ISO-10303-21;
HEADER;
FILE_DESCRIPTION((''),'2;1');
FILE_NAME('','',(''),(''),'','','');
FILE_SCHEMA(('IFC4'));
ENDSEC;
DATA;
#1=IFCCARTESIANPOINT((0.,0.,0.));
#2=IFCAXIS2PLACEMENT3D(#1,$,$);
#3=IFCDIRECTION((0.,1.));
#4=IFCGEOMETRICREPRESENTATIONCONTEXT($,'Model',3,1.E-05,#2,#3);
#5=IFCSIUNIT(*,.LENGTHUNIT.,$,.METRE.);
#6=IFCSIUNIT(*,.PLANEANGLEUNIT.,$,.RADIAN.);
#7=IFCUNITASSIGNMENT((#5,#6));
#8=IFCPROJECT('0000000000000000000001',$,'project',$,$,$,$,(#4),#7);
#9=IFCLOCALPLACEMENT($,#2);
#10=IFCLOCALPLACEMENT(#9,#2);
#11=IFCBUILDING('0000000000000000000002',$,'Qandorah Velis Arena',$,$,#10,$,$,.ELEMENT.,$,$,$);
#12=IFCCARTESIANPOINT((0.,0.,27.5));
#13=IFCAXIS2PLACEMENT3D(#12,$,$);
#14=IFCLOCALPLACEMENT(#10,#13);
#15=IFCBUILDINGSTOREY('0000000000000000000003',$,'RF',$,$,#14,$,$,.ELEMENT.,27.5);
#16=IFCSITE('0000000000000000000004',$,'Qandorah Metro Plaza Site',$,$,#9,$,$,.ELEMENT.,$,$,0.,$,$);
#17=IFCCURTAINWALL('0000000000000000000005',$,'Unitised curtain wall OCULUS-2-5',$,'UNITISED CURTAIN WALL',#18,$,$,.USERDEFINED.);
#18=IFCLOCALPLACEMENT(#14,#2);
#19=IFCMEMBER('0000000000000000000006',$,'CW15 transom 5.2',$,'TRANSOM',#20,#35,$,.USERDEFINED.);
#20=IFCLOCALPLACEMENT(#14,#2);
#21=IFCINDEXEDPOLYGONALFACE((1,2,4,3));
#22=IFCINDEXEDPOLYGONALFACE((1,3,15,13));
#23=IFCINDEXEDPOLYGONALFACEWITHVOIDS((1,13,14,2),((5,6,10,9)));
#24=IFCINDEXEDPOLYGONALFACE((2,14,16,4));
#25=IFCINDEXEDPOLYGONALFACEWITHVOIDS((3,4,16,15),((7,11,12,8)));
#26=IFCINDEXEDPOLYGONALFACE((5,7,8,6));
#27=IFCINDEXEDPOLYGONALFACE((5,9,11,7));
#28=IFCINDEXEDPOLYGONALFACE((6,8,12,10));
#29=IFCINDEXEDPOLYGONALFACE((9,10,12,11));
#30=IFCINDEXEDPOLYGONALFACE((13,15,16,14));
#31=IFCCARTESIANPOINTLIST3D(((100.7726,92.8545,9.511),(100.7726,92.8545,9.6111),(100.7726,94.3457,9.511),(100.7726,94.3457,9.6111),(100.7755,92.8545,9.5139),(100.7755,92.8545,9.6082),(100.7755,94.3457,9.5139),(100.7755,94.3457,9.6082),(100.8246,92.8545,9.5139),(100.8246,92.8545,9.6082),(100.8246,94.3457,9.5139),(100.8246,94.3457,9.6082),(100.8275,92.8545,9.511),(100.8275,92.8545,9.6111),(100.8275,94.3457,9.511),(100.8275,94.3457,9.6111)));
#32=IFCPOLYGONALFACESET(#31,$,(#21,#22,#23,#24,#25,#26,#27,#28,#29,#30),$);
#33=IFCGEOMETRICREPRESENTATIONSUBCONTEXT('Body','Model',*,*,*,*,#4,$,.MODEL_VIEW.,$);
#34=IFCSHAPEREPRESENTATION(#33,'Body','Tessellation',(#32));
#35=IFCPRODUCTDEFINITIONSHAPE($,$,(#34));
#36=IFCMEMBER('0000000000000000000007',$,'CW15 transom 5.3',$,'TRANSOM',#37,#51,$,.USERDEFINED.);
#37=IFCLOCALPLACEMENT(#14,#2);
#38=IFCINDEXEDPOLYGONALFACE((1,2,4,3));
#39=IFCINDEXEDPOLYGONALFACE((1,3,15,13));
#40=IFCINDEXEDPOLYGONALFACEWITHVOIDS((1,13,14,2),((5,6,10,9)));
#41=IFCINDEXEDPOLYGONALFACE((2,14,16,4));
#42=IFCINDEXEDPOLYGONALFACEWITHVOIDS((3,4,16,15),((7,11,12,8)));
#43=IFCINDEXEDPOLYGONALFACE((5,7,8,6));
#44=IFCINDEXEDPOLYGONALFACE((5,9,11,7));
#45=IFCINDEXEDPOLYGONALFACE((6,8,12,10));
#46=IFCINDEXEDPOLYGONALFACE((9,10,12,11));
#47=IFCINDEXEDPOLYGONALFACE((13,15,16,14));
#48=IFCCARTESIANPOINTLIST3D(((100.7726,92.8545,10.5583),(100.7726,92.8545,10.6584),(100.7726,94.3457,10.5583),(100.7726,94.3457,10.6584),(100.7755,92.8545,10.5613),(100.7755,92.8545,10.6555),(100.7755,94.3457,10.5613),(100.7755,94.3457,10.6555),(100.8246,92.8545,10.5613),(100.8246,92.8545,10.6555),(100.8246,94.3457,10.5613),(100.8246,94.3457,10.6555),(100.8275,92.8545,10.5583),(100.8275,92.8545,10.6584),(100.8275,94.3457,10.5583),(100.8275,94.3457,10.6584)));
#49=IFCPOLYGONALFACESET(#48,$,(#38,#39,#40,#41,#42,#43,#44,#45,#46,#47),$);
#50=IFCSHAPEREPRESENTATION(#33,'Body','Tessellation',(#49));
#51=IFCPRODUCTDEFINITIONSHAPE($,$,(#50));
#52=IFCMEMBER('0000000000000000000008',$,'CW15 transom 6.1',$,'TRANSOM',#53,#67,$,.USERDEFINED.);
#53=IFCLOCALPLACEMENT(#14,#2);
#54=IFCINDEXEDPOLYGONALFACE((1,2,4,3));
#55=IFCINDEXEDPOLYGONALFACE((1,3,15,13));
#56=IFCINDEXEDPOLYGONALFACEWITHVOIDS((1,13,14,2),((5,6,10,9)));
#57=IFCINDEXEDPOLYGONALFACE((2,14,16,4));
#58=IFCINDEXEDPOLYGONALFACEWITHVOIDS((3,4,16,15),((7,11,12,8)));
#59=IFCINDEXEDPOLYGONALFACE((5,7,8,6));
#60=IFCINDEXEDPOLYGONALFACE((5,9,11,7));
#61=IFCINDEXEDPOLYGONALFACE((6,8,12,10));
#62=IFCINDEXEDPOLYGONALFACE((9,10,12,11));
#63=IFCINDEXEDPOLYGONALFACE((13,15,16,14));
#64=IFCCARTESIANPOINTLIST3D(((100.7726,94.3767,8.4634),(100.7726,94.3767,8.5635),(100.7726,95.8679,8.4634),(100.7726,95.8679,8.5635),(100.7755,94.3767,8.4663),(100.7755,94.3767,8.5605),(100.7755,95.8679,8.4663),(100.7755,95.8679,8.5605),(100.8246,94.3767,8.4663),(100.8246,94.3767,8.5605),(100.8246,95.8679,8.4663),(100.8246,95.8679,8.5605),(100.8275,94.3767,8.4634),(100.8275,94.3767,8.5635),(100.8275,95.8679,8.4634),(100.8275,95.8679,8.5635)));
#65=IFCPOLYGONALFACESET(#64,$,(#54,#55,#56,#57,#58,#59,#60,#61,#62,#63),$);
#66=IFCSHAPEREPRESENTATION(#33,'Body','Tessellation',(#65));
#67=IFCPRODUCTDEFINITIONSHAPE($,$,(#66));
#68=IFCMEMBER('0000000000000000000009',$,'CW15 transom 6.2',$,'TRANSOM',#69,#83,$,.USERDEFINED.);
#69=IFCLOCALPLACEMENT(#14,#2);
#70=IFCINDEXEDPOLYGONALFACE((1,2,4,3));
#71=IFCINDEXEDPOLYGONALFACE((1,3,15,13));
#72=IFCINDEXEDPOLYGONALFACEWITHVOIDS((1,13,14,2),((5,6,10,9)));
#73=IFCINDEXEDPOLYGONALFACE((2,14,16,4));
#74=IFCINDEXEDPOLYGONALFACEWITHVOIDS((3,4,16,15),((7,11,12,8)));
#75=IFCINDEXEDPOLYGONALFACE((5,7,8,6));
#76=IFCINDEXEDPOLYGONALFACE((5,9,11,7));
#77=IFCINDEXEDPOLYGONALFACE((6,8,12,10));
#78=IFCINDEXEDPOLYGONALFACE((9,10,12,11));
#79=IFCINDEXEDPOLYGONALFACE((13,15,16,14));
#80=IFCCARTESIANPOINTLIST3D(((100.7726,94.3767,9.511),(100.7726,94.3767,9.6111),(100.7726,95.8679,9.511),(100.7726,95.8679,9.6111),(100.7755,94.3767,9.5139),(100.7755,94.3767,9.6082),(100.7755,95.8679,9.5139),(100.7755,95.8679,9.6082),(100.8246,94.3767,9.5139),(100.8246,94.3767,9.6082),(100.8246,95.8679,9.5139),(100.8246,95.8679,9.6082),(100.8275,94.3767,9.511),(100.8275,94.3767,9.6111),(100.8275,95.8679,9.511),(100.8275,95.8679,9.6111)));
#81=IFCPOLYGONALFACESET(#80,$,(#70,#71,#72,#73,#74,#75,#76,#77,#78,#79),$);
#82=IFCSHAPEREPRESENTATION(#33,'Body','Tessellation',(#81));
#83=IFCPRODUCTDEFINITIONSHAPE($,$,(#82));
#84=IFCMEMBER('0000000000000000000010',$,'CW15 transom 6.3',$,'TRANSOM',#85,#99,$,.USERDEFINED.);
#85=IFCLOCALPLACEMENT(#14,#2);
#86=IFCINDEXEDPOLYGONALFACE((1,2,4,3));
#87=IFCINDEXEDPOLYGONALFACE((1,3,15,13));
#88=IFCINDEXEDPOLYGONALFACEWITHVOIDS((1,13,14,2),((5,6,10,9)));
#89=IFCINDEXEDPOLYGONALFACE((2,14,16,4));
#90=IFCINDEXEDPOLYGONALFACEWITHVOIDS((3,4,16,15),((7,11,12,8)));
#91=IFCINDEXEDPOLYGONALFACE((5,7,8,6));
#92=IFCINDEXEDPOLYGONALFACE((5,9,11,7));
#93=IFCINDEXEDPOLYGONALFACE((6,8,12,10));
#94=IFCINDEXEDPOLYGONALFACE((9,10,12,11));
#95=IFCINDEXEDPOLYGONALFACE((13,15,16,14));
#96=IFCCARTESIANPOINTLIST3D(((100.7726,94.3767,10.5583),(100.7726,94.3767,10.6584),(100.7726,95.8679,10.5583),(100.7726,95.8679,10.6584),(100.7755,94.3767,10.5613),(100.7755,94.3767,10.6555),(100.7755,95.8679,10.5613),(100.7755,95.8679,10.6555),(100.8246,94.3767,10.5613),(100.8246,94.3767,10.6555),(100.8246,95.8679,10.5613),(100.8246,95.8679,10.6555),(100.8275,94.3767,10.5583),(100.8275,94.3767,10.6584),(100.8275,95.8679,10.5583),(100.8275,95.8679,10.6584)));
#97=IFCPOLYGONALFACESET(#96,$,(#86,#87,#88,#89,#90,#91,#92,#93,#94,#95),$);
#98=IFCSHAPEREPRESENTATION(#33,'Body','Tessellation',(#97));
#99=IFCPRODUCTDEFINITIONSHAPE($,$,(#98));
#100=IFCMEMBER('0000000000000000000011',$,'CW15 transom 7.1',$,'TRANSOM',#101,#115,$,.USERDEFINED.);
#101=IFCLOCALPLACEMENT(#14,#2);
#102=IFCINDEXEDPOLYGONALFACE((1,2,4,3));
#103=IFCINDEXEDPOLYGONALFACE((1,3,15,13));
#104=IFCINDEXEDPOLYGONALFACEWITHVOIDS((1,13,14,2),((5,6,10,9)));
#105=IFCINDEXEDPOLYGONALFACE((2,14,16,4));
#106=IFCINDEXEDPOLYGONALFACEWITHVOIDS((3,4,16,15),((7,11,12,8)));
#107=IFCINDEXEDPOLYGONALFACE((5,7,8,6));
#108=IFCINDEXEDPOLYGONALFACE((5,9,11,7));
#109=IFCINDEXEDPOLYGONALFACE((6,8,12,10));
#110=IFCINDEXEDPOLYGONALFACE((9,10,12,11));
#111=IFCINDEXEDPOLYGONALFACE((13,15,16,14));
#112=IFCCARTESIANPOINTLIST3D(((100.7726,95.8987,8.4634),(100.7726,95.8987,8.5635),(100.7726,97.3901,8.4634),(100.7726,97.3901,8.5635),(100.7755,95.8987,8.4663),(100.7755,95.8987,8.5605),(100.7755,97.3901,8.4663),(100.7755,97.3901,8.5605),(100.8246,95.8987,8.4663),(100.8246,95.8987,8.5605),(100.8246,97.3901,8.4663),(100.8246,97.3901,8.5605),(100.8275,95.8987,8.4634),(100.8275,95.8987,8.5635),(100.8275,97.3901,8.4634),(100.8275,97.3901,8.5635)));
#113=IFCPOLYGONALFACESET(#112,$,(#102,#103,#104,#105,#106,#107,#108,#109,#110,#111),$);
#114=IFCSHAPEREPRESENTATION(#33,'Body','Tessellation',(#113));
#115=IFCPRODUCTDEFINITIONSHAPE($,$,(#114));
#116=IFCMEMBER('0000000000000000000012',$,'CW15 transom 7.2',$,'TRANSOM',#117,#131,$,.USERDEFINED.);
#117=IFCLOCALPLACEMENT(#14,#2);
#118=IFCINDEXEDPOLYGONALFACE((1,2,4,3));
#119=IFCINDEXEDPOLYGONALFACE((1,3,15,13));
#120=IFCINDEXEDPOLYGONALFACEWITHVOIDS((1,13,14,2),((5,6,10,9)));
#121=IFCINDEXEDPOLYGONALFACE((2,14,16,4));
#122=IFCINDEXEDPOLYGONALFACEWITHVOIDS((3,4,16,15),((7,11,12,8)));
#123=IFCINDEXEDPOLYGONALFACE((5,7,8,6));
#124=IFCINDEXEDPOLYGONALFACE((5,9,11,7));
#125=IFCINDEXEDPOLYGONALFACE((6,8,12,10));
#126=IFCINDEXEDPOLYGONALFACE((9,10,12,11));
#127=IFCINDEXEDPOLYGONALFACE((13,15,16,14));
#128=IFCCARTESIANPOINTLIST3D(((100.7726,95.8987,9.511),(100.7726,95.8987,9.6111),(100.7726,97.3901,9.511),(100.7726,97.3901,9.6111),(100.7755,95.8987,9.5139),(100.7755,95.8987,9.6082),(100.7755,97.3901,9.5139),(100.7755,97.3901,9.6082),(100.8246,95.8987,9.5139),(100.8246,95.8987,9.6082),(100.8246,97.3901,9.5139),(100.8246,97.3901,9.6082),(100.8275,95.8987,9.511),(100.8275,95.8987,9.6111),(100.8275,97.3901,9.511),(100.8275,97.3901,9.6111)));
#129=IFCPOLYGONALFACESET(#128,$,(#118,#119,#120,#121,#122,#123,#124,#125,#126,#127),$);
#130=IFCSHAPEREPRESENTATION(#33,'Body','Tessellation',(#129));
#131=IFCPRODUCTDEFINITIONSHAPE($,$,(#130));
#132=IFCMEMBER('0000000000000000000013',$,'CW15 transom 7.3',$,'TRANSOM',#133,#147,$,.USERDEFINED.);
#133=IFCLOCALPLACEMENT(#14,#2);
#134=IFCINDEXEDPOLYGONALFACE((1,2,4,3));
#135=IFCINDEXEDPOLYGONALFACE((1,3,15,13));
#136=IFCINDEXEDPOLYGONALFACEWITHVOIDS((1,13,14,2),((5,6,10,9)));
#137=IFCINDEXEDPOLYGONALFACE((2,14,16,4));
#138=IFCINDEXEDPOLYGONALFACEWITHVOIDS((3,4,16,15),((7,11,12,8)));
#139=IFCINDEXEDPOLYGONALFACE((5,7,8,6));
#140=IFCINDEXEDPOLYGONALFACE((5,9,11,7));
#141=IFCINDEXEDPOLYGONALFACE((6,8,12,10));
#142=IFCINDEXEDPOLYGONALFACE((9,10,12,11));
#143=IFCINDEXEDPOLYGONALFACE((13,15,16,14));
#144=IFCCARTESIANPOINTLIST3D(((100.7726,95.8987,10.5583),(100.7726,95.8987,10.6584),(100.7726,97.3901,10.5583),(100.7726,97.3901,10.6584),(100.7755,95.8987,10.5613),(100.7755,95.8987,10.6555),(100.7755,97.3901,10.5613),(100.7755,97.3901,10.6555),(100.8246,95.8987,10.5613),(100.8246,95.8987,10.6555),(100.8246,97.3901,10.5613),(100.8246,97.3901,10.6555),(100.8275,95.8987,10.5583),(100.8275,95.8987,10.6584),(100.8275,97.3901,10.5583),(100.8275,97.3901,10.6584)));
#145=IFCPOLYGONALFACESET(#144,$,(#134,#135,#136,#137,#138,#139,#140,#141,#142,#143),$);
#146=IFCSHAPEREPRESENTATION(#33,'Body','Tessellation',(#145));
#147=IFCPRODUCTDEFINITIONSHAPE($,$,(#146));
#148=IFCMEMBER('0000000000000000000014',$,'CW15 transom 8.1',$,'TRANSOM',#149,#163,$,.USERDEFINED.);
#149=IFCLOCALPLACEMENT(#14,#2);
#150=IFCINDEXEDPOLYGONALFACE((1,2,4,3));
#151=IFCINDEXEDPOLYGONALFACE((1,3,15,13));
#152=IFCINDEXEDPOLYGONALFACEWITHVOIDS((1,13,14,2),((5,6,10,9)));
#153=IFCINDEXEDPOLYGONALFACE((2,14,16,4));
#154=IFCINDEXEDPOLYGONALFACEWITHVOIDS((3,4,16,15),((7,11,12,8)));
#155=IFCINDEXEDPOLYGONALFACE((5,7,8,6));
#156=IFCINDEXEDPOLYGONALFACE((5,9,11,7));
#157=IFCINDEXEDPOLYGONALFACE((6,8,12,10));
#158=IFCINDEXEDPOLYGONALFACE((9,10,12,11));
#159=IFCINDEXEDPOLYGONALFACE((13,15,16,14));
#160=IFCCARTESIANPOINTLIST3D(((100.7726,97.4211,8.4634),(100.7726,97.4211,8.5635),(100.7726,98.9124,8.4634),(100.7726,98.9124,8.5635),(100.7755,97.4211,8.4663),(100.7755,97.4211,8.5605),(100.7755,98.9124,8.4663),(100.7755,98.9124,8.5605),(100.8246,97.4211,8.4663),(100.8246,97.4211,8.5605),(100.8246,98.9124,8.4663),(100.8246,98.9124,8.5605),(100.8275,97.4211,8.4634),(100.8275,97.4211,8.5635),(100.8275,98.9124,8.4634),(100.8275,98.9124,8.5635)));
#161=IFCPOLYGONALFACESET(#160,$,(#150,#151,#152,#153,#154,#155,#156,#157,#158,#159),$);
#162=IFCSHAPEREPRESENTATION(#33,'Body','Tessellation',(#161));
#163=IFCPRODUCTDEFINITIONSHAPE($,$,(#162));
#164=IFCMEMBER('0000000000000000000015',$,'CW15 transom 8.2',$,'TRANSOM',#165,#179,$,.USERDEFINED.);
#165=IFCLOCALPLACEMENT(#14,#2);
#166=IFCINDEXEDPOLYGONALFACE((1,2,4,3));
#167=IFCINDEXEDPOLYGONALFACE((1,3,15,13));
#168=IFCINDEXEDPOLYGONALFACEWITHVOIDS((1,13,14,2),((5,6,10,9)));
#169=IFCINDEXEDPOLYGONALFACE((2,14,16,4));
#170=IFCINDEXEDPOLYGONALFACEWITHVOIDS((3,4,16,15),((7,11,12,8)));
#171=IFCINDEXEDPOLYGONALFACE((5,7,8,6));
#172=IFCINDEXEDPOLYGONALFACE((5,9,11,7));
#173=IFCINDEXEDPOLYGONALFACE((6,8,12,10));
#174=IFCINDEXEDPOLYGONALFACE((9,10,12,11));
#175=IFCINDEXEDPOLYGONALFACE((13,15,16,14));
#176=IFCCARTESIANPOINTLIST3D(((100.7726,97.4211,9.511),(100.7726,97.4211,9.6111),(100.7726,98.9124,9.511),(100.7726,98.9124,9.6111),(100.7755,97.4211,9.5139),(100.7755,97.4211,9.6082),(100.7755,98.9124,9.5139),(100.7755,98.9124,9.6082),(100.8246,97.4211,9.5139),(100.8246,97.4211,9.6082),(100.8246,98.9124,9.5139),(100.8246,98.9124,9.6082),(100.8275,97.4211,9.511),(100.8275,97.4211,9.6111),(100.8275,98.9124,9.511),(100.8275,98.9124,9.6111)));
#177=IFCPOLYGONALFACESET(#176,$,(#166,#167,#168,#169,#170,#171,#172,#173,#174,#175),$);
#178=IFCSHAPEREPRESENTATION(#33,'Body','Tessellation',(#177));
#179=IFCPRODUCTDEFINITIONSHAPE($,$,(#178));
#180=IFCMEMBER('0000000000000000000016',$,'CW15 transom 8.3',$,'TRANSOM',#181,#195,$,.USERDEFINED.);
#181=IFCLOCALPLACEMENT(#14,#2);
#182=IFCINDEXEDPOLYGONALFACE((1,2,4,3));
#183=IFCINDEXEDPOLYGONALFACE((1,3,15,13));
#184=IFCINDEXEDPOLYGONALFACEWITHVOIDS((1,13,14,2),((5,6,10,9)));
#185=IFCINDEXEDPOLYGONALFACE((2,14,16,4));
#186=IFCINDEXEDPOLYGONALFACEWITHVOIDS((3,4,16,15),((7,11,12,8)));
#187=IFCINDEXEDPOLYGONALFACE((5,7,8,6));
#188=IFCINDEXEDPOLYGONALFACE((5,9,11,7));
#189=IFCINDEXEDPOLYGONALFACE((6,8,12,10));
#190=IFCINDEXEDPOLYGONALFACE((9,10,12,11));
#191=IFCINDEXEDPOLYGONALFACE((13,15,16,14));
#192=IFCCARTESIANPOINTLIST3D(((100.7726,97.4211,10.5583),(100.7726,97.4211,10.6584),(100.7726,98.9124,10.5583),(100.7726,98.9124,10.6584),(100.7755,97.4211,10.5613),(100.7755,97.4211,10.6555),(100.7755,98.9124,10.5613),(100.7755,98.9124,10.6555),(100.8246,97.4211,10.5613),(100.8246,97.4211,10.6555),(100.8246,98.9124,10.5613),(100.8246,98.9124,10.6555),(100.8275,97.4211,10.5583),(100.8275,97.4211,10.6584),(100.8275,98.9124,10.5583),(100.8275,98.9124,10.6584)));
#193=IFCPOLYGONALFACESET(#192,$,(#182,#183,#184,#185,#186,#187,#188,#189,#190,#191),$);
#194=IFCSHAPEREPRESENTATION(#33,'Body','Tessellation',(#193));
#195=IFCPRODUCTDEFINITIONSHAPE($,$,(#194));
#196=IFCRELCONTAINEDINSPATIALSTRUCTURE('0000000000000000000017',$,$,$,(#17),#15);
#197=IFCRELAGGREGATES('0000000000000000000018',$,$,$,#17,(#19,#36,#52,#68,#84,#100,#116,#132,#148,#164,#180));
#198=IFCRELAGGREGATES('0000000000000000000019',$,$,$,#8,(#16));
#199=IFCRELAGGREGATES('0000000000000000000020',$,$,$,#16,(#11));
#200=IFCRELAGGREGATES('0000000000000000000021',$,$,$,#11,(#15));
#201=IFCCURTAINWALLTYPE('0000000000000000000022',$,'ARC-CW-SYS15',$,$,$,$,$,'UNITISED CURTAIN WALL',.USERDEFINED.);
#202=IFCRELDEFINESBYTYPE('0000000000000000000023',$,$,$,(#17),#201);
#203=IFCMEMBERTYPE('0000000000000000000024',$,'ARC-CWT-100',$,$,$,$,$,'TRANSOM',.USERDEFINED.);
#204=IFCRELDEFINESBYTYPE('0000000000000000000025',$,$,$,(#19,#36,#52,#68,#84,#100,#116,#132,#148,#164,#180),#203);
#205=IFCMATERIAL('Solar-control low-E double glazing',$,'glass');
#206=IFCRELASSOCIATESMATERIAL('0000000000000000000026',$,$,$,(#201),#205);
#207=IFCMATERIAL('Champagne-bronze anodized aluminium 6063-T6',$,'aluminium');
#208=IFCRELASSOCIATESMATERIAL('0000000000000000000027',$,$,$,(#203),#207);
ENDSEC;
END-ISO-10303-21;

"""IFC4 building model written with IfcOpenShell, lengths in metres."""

from ifc_helpers import new_model, si_unit, direction, frame, origin, origin_2d, place, context, subcontext, project, spatial, hollow_rectangle, extrude, material, material_profile, profile_set, type_object, element, aggregate, save


model = new_model("IFC4")

# Units and contexts
model_context = context("Model", 3, precision=1e-05, world=origin(), true_north=direction((0.0, 1.0)))
body_context = subcontext(model_context, "Body", "Model", "MODEL_VIEW")
ifc_project = project(units=[si_unit("LENGTHUNIT", "METRE"), si_unit("PLANEANGLEUNIT", "RADIAN")], contexts=[model_context])

# Site, building, storey
site_placement = place(None, origin())
site = spatial("IfcSite", under=ifc_project, at=site_placement, Name="Qandorah Metro Plaza Site", CompositionType="ELEMENT", RefElevation=0.0)
building_placement = place(site_placement, origin())
building = spatial("IfcBuilding", under=site, at=building_placement, Name="Qandorah Velis Arena", CompositionType="ELEMENT")
storey_placement = place(building_placement, frame((0.0, 0.0, 27.5)))
storey = spatial("IfcBuildingStorey", under=building, at=storey_placement, Name="RF", CompositionType="ELEMENT", Elevation=27.5)

# Curtain wall, members
ifc_material_1 = material(Name="Solar-control low-E double glazing", Category="glass")
curtain_wall_type = type_object("IfcCurtainWallType", Name="ARC-CW-SYS15", ElementType="UNITISED CURTAIN WALL", PredefinedType="USERDEFINED", material=ifc_material_1)
curtain_wall_placement = place(storey_placement, origin())
curtain_wall = element("IfcCurtainWall", 1, at=curtain_wall_placement, inside=storey, type_object=curtain_wall_type, Name="Unitised curtain wall OCULUS-2-5", ObjectType="UNITISED CURTAIN WALL", PredefinedType="USERDEFINED")
ifc_material_2 = material(Name="Champagne-bronze anodized aluminium 6063-T6", Category="aluminium")
ifc_material_profile_1 = material_profile(ifc_material_2, hollow_rectangle(XDim=0.0549, YDim=0.1001, WallThickness=0.0029, at=origin_2d()), Name="ALU TRANSOM 55x100")
ifc_profile_set_1 = profile_set([ifc_material_profile_1], Name="Champagne-bronze anodized aluminium 6063-T6")
member_type_1 = type_object("IfcMemberType", Name="ARC-CWT-100", ElementType="TRANSOM", PredefinedType="USERDEFINED", material=ifc_profile_set_1)
member_1_placement = place(storey_placement, frame((100.8, 92.8545, 9.561), z_axis=(0.0, 1.0, 0.0), x_axis=(-1.0, 0.0, 0.0)))
member_1 = element("IfcMember", 2, at=member_1_placement, type_object=member_type_1, Name="CW15 transom 5.2", ObjectType="TRANSOM", PredefinedType="USERDEFINED", context=body_context, shape_type="SweptSolid", body=[
    extrude(hollow_rectangle(XDim=0.0549, YDim=0.1001, WallThickness=0.0029, at=origin_2d()), origin(), (0.0, 0.0, 1.0), 1.4912),
])
member_2_placement = place(storey_placement, frame((100.8, 92.8545, 10.6084), z_axis=(0.0, 1.0, 0.0), x_axis=(-1.0, 0.0, 0.0)))
member_2 = element("IfcMember", 3, at=member_2_placement, type_object=member_type_1, Name="CW15 transom 5.3", ObjectType="TRANSOM", PredefinedType="USERDEFINED", context=body_context, shape_type="SweptSolid", body=[
    extrude(hollow_rectangle(XDim=0.0549, YDim=0.1001, WallThickness=0.0029, at=origin_2d()), origin(), (0.0, 0.0, 1.0), 1.4912),
])
member_3_placement = place(storey_placement, frame((100.8, 94.3767, 8.5134), z_axis=(0.0, 1.0, 0.0), x_axis=(-1.0, 0.0, 0.0)))
member_3 = element("IfcMember", 4, at=member_3_placement, type_object=member_type_1, Name="CW15 transom 6.1", ObjectType="TRANSOM", PredefinedType="USERDEFINED", context=body_context, shape_type="SweptSolid", body=[
    extrude(hollow_rectangle(XDim=0.0549, YDim=0.1001, WallThickness=0.0029, at=origin_2d()), origin(), (0.0, 0.0, 1.0), 1.4912),
])
member_4_placement = place(storey_placement, frame((100.8, 94.3767, 9.561), z_axis=(0.0, 1.0, 0.0), x_axis=(-1.0, 0.0, 0.0)))
member_4 = element("IfcMember", 5, at=member_4_placement, type_object=member_type_1, Name="CW15 transom 6.2", ObjectType="TRANSOM", PredefinedType="USERDEFINED", context=body_context, shape_type="SweptSolid", body=[
    extrude(hollow_rectangle(XDim=0.0549, YDim=0.1001, WallThickness=0.0029, at=origin_2d()), origin(), (0.0, 0.0, 1.0), 1.4912),
])
member_5_placement = place(storey_placement, frame((100.8, 94.3767, 10.6084), z_axis=(0.0, 1.0, 0.0), x_axis=(-1.0, 0.0, 0.0)))
member_5 = element("IfcMember", 6, at=member_5_placement, type_object=member_type_1, Name="CW15 transom 6.3", ObjectType="TRANSOM", PredefinedType="USERDEFINED", context=body_context, shape_type="SweptSolid", body=[
    extrude(hollow_rectangle(XDim=0.0549, YDim=0.1001, WallThickness=0.0029, at=origin_2d()), origin(), (0.0, 0.0, 1.0), 1.4912),
])
member_6_placement = place(storey_placement, frame((100.8, 95.8987, 8.5134), z_axis=(0.0, 1.0, 0.0), x_axis=(-1.0, 0.0, 0.0)))
member_6 = element("IfcMember", 7, at=member_6_placement, type_object=member_type_1, Name="CW15 transom 7.1", ObjectType="TRANSOM", PredefinedType="USERDEFINED", context=body_context, shape_type="SweptSolid", body=[
    extrude(hollow_rectangle(XDim=0.0549, YDim=0.1001, WallThickness=0.0029, at=origin_2d()), origin(), (0.0, 0.0, 1.0), 1.4915),
])
member_7_placement = place(storey_placement, frame((100.8, 95.8987, 9.561), z_axis=(0.0, 1.0, 0.0), x_axis=(-1.0, 0.0, 0.0)))
member_7 = element("IfcMember", 8, at=member_7_placement, type_object=member_type_1, Name="CW15 transom 7.2", ObjectType="TRANSOM", PredefinedType="USERDEFINED", context=body_context, shape_type="SweptSolid", body=[
    extrude(hollow_rectangle(XDim=0.0549, YDim=0.1001, WallThickness=0.0029, at=origin_2d()), origin(), (0.0, 0.0, 1.0), 1.4915),
])
member_8_placement = place(storey_placement, frame((100.8, 95.8987, 10.6084), z_axis=(0.0, 1.0, 0.0), x_axis=(-1.0, 0.0, 0.0)))
member_8 = element("IfcMember", 9, at=member_8_placement, type_object=member_type_1, Name="CW15 transom 7.3", ObjectType="TRANSOM", PredefinedType="USERDEFINED", context=body_context, shape_type="SweptSolid", body=[
    extrude(hollow_rectangle(XDim=0.0549, YDim=0.1001, WallThickness=0.0029, at=origin_2d()), origin(), (0.0, 0.0, 1.0), 1.4915),
])
member_9_placement = place(storey_placement, frame((100.8, 97.4211, 8.5134), z_axis=(0.0, 1.0, 0.0), x_axis=(-1.0, 0.0, 0.0)))
member_9 = element("IfcMember", 10, at=member_9_placement, type_object=member_type_1, Name="CW15 transom 8.1", ObjectType="TRANSOM", PredefinedType="USERDEFINED", context=body_context, shape_type="SweptSolid", body=[
    extrude(hollow_rectangle(XDim=0.0549, YDim=0.1001, WallThickness=0.0029, at=origin_2d()), origin(), (0.0, 0.0, 1.0), 1.4912),
])
member_10_placement = place(storey_placement, frame((100.8, 97.4211, 9.561), z_axis=(0.0, 1.0, 0.0), x_axis=(-1.0, 0.0, 0.0)))
member_10 = element("IfcMember", 11, at=member_10_placement, type_object=member_type_1, Name="CW15 transom 8.2", ObjectType="TRANSOM", PredefinedType="USERDEFINED", context=body_context, shape_type="SweptSolid", body=[
    extrude(hollow_rectangle(XDim=0.0549, YDim=0.1001, WallThickness=0.0029, at=origin_2d()), origin(), (0.0, 0.0, 1.0), 1.4912),
])
member_11_placement = place(storey_placement, frame((100.8, 97.4211, 10.6084), z_axis=(0.0, 1.0, 0.0), x_axis=(-1.0, 0.0, 0.0)))
member_11 = element("IfcMember", 12, at=member_11_placement, type_object=member_type_1, Name="CW15 transom 8.3", ObjectType="TRANSOM", PredefinedType="USERDEFINED", context=body_context, shape_type="SweptSolid", body=[
    extrude(hollow_rectangle(XDim=0.0549, YDim=0.1001, WallThickness=0.0029, at=origin_2d()), origin(), (0.0, 0.0, 1.0), 1.4912),
])

aggregate(curtain_wall, [member_1, member_2, member_3, member_4, member_5, member_6, member_7, member_8, member_9, member_10, member_11])

save(model, "model.ifc")
